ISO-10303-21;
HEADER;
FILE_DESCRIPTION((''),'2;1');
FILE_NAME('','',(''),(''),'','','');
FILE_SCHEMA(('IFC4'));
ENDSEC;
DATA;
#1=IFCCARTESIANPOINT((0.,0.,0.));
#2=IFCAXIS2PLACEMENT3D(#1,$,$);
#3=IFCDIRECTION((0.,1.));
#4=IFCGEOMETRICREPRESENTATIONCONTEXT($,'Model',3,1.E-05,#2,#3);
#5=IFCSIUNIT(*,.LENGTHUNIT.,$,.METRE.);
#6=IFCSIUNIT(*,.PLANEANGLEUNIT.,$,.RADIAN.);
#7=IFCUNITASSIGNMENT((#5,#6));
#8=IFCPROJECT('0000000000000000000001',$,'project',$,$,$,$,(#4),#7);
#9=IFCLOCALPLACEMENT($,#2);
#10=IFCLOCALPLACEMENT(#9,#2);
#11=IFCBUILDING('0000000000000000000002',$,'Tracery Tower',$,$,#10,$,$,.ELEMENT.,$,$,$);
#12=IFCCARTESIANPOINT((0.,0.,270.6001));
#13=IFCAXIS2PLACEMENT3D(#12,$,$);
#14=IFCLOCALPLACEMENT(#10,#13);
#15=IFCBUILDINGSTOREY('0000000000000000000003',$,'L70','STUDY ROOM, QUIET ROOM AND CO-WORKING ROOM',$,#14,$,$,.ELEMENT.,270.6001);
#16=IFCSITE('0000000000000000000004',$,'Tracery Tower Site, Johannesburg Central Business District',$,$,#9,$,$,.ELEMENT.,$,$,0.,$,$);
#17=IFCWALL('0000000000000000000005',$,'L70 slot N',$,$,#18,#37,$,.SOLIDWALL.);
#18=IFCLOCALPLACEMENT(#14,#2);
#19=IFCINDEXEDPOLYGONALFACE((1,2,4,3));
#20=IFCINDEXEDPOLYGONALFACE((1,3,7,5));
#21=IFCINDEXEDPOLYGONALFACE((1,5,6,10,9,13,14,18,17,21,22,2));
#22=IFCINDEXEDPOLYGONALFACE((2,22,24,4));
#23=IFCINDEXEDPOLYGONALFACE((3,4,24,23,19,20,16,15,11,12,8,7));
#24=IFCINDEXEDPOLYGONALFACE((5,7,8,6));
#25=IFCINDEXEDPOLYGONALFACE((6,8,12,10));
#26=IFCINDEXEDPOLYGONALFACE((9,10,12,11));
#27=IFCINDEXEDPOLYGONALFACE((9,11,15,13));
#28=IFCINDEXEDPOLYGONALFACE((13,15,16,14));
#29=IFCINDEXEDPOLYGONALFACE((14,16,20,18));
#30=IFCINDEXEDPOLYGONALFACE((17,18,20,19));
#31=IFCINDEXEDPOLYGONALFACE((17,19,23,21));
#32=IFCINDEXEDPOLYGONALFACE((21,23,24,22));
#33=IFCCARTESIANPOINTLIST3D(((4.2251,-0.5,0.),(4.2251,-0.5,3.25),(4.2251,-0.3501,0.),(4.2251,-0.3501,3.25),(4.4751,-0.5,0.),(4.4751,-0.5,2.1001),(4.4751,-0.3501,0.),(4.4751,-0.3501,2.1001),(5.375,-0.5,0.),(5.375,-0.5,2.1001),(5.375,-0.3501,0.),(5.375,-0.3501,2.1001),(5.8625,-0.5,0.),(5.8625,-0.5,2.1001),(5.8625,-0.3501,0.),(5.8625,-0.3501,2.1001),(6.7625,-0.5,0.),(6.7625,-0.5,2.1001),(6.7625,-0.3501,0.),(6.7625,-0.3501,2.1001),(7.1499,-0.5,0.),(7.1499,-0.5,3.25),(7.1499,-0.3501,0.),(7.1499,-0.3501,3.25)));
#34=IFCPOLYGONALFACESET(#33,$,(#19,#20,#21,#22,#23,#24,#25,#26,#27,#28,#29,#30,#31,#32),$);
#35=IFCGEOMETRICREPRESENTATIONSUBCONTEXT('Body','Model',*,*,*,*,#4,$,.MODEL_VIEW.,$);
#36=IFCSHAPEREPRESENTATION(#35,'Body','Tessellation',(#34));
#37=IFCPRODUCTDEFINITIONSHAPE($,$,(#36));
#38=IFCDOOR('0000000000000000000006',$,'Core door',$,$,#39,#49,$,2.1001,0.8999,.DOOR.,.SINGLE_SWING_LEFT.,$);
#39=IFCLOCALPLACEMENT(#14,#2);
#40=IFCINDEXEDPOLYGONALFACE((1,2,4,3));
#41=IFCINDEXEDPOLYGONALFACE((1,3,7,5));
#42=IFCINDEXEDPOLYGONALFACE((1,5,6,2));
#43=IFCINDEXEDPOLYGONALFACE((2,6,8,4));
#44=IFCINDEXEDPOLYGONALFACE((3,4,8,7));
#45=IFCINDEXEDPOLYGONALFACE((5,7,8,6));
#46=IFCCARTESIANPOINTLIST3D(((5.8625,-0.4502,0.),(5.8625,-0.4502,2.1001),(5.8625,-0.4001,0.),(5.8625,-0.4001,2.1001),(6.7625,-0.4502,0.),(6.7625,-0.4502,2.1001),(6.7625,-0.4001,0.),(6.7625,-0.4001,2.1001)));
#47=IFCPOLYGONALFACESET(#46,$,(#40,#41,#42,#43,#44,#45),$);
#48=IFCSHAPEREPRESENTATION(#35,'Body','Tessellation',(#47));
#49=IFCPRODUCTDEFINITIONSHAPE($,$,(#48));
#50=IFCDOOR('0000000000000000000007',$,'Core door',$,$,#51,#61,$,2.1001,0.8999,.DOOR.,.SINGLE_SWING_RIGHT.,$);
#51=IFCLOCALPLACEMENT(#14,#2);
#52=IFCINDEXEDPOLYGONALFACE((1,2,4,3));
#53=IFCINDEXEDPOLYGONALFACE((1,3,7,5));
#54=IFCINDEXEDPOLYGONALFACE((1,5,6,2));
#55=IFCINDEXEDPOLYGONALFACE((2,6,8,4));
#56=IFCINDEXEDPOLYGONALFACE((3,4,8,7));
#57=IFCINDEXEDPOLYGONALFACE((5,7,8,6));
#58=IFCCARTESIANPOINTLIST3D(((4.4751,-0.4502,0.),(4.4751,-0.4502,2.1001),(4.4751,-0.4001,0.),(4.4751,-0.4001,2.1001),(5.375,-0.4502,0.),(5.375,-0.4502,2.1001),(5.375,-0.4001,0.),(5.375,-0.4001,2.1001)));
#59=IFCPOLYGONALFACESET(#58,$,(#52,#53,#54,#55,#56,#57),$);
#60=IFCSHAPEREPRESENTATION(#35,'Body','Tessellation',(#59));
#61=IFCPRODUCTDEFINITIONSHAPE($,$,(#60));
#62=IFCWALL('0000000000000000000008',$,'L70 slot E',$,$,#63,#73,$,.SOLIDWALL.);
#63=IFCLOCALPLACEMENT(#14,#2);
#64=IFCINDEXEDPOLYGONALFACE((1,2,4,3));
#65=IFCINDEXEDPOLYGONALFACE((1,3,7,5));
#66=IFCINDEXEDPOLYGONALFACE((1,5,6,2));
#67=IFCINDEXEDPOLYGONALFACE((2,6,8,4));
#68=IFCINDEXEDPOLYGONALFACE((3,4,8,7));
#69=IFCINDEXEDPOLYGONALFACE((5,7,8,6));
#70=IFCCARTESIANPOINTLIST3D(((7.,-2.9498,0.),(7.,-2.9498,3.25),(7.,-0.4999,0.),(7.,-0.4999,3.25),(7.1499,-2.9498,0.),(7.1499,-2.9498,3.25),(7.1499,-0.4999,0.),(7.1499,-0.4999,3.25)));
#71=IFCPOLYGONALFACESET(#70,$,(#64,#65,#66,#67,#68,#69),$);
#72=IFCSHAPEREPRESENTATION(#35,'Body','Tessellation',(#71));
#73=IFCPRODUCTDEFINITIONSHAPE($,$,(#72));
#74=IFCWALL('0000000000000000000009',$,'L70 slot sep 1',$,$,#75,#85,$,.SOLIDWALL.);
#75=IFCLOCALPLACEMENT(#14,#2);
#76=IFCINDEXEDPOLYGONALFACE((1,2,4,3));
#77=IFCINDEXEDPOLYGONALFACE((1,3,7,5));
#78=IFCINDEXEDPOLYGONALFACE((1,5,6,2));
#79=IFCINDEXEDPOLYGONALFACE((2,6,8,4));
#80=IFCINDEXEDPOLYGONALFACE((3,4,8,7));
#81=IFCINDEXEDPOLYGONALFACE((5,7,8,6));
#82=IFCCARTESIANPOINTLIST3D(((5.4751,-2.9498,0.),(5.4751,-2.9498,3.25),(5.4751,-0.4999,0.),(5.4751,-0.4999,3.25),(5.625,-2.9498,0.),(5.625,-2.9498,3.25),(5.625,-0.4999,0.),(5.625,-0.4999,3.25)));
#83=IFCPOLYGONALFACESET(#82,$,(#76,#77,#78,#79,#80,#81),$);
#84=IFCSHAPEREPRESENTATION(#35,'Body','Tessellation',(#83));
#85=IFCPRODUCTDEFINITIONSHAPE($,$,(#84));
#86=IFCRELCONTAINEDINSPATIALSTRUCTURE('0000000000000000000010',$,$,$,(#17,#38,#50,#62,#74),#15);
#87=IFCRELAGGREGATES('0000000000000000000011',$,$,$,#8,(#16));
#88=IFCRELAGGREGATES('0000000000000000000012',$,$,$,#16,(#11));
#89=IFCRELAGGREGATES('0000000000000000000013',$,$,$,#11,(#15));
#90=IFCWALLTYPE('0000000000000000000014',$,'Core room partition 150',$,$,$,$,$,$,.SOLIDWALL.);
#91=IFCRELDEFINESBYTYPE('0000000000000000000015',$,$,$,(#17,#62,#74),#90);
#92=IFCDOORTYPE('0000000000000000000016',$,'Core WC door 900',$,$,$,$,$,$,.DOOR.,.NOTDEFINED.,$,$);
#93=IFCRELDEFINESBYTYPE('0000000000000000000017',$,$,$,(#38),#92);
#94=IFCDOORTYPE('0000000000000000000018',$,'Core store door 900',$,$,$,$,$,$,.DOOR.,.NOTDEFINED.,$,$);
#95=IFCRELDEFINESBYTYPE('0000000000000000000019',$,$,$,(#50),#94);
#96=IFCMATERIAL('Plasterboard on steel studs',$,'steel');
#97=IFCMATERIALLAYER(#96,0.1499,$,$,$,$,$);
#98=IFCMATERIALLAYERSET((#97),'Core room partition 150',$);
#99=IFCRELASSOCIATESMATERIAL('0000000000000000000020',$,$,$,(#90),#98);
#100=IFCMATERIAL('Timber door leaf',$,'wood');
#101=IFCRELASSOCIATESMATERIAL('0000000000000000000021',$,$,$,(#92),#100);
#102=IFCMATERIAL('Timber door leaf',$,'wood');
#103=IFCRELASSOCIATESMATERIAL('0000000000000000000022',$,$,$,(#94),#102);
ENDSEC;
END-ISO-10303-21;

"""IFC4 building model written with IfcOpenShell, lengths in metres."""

from ifc_helpers import new_model, si_unit, direction, frame, frame_2d, origin, place, context, subcontext, project, spatial, rectangle, extrude, material, layer, layer_set, type_object, element, fill, save


model = new_model("IFC4")

# Units and contexts
model_context = context("Model", 3, precision=1e-05, world=origin(), true_north=direction((0.0, 1.0)))
body_context = subcontext(model_context, "Body", "Model", "MODEL_VIEW")
ifc_project = project(units=[si_unit("LENGTHUNIT", "METRE"), si_unit("PLANEANGLEUNIT", "RADIAN")], contexts=[model_context])

# Site, building, storey
site_placement = place(None, origin())
site = spatial("IfcSite", under=ifc_project, at=site_placement, Name="Tracery Tower Site, Johannesburg Central Business District", CompositionType="ELEMENT", RefElevation=0.0)
building_placement = place(site_placement, origin())
building = spatial("IfcBuilding", under=site, at=building_placement, Name="Tracery Tower", CompositionType="ELEMENT")
storey_placement = place(building_placement, frame((0.0, 0.0, 270.6001)))
storey = spatial("IfcBuildingStorey", under=building, at=storey_placement, Name="L70", Description="STUDY ROOM, QUIET ROOM AND CO-WORKING ROOM", CompositionType="ELEMENT", Elevation=270.6001)

# Wall, openings, doors
ifc_material_1 = material(Name="Plasterboard on steel studs", Category="steel")
ifc_layer_1 = layer(ifc_material_1, 0.1499)
ifc_layer_set_1 = layer_set([ifc_layer_1], Name="Core room partition 150")
wall_type_1 = type_object("IfcWallType", Name="Core room partition 150", PredefinedType="SOLIDWALL", material=ifc_layer_set_1)
wall_1_placement = place(storey_placement, frame((4.2251, -0.425, 0.0), z_axis=(0.0, 0.0, 1.0), x_axis=(1.0, 0.0, 0.0)))
wall_1 = element("IfcWall", 1, at=wall_1_placement, inside=storey, type_object=wall_type_1, Name="L70 slot N", PredefinedType="SOLIDWALL", context=body_context, shape_type="SweptSolid", body=[
    extrude(rectangle(XDim=2.9248, YDim=0.1499, at=frame_2d((1.4624, 0.0))), origin(), (0.0, 0.0, 1.0), 3.25),
])
opening_1_placement = place(wall_1_placement, frame((0.25, 0.0, 0.0)))
opening_1 = element("IfcOpeningElement", 2, at=opening_1_placement, cuts=wall_1, PredefinedType="OPENING", context=body_context, shape_type="SweptSolid", body=[
    extrude(rectangle(XDim=0.8999, YDim=2.1001, at=frame_2d((0.45, 1.05))), frame((0.0, 0.075, 0.0), z_axis=(0.0, -1.0, 0.0), x_axis=(1.0, 0.0, 0.0)), (0.0, 0.0, 1.0), 0.1499),
])
opening_2_placement = place(wall_1_placement, frame((1.6375, 0.0, 0.0)))
opening_2 = element("IfcOpeningElement", 3, at=opening_2_placement, cuts=wall_1, PredefinedType="OPENING", context=body_context, shape_type="SweptSolid", body=[
    extrude(rectangle(XDim=0.8999, YDim=2.1001, at=frame_2d((0.45, 1.05))), frame((0.0, 0.075, 0.0), z_axis=(0.0, -1.0, 0.0), x_axis=(1.0, 0.0, 0.0)), (0.0, 0.0, 1.0), 0.1499),
])
ifc_material_2 = material(Name="Timber door leaf", Category="wood")
door_type_1 = type_object("IfcDoorType", Name="Core WC door 900", OperationType="NOTDEFINED", PredefinedType="DOOR", material=ifc_material_2)
door_1_placement = place(opening_2_placement, origin())
door_1 = element("IfcDoor", 4, at=door_1_placement, inside=storey, type_object=door_type_1, Name="Core door", OperationType="SINGLE_SWING_LEFT", OverallHeight=2.1001, OverallWidth=0.8999, PredefinedType="DOOR", context=body_context, shape_type="SweptSolid", body=[
    extrude(rectangle(XDim=0.8999, YDim=2.1001, at=frame_2d((0.45, 1.05))), frame((0.0, 0.0249, 0.0), z_axis=(0.0, -1.0, 0.0), x_axis=(1.0, 0.0, 0.0)), (0.0, 0.0, 1.0), 0.05),
])
fill(opening_2, door_1)
ifc_material_3 = material(Name="Timber door leaf", Category="wood")
door_type_2 = type_object("IfcDoorType", Name="Core store door 900", OperationType="NOTDEFINED", PredefinedType="DOOR", material=ifc_material_3)
door_2_placement = place(opening_1_placement, origin())
door_2 = element("IfcDoor", 5, at=door_2_placement, inside=storey, type_object=door_type_2, Name="Core door", OperationType="SINGLE_SWING_RIGHT", OverallHeight=2.1001, OverallWidth=0.8999, PredefinedType="DOOR", context=body_context, shape_type="SweptSolid", body=[
    extrude(rectangle(XDim=0.8999, YDim=2.1001, at=frame_2d((0.45, 1.05))), frame((0.0, 0.0249, 0.0), z_axis=(0.0, -1.0, 0.0), x_axis=(1.0, 0.0, 0.0)), (0.0, 0.0, 1.0), 0.05),
])
fill(opening_1, door_2)

# Walls
for number, where, z_axis, x_axis, name in (
    (6, (7.075, -2.95, 0.0), (0.0, 0.0, 1.0), (0.0, 1.0, 0.0), "L70 slot E"),
    (7, (5.55, -2.95, 0.0), (0.0, 0.0, 1.0), (0.0, 1.0, 0.0), "L70 slot sep 1"),
):
    element("IfcWall", number, at=place(storey_placement, frame(where, z_axis=z_axis, x_axis=x_axis)), inside=storey, type_object=wall_type_1, Name=name, PredefinedType="SOLIDWALL", context=body_context, shape_type="SweptSolid", body=[
        extrude(rectangle(XDim=2.45, YDim=0.1499, at=frame_2d((1.2251, 0.0))), origin(), (0.0, 0.0, 1.0), 3.25),
    ])

save(model, "model.ifc")
